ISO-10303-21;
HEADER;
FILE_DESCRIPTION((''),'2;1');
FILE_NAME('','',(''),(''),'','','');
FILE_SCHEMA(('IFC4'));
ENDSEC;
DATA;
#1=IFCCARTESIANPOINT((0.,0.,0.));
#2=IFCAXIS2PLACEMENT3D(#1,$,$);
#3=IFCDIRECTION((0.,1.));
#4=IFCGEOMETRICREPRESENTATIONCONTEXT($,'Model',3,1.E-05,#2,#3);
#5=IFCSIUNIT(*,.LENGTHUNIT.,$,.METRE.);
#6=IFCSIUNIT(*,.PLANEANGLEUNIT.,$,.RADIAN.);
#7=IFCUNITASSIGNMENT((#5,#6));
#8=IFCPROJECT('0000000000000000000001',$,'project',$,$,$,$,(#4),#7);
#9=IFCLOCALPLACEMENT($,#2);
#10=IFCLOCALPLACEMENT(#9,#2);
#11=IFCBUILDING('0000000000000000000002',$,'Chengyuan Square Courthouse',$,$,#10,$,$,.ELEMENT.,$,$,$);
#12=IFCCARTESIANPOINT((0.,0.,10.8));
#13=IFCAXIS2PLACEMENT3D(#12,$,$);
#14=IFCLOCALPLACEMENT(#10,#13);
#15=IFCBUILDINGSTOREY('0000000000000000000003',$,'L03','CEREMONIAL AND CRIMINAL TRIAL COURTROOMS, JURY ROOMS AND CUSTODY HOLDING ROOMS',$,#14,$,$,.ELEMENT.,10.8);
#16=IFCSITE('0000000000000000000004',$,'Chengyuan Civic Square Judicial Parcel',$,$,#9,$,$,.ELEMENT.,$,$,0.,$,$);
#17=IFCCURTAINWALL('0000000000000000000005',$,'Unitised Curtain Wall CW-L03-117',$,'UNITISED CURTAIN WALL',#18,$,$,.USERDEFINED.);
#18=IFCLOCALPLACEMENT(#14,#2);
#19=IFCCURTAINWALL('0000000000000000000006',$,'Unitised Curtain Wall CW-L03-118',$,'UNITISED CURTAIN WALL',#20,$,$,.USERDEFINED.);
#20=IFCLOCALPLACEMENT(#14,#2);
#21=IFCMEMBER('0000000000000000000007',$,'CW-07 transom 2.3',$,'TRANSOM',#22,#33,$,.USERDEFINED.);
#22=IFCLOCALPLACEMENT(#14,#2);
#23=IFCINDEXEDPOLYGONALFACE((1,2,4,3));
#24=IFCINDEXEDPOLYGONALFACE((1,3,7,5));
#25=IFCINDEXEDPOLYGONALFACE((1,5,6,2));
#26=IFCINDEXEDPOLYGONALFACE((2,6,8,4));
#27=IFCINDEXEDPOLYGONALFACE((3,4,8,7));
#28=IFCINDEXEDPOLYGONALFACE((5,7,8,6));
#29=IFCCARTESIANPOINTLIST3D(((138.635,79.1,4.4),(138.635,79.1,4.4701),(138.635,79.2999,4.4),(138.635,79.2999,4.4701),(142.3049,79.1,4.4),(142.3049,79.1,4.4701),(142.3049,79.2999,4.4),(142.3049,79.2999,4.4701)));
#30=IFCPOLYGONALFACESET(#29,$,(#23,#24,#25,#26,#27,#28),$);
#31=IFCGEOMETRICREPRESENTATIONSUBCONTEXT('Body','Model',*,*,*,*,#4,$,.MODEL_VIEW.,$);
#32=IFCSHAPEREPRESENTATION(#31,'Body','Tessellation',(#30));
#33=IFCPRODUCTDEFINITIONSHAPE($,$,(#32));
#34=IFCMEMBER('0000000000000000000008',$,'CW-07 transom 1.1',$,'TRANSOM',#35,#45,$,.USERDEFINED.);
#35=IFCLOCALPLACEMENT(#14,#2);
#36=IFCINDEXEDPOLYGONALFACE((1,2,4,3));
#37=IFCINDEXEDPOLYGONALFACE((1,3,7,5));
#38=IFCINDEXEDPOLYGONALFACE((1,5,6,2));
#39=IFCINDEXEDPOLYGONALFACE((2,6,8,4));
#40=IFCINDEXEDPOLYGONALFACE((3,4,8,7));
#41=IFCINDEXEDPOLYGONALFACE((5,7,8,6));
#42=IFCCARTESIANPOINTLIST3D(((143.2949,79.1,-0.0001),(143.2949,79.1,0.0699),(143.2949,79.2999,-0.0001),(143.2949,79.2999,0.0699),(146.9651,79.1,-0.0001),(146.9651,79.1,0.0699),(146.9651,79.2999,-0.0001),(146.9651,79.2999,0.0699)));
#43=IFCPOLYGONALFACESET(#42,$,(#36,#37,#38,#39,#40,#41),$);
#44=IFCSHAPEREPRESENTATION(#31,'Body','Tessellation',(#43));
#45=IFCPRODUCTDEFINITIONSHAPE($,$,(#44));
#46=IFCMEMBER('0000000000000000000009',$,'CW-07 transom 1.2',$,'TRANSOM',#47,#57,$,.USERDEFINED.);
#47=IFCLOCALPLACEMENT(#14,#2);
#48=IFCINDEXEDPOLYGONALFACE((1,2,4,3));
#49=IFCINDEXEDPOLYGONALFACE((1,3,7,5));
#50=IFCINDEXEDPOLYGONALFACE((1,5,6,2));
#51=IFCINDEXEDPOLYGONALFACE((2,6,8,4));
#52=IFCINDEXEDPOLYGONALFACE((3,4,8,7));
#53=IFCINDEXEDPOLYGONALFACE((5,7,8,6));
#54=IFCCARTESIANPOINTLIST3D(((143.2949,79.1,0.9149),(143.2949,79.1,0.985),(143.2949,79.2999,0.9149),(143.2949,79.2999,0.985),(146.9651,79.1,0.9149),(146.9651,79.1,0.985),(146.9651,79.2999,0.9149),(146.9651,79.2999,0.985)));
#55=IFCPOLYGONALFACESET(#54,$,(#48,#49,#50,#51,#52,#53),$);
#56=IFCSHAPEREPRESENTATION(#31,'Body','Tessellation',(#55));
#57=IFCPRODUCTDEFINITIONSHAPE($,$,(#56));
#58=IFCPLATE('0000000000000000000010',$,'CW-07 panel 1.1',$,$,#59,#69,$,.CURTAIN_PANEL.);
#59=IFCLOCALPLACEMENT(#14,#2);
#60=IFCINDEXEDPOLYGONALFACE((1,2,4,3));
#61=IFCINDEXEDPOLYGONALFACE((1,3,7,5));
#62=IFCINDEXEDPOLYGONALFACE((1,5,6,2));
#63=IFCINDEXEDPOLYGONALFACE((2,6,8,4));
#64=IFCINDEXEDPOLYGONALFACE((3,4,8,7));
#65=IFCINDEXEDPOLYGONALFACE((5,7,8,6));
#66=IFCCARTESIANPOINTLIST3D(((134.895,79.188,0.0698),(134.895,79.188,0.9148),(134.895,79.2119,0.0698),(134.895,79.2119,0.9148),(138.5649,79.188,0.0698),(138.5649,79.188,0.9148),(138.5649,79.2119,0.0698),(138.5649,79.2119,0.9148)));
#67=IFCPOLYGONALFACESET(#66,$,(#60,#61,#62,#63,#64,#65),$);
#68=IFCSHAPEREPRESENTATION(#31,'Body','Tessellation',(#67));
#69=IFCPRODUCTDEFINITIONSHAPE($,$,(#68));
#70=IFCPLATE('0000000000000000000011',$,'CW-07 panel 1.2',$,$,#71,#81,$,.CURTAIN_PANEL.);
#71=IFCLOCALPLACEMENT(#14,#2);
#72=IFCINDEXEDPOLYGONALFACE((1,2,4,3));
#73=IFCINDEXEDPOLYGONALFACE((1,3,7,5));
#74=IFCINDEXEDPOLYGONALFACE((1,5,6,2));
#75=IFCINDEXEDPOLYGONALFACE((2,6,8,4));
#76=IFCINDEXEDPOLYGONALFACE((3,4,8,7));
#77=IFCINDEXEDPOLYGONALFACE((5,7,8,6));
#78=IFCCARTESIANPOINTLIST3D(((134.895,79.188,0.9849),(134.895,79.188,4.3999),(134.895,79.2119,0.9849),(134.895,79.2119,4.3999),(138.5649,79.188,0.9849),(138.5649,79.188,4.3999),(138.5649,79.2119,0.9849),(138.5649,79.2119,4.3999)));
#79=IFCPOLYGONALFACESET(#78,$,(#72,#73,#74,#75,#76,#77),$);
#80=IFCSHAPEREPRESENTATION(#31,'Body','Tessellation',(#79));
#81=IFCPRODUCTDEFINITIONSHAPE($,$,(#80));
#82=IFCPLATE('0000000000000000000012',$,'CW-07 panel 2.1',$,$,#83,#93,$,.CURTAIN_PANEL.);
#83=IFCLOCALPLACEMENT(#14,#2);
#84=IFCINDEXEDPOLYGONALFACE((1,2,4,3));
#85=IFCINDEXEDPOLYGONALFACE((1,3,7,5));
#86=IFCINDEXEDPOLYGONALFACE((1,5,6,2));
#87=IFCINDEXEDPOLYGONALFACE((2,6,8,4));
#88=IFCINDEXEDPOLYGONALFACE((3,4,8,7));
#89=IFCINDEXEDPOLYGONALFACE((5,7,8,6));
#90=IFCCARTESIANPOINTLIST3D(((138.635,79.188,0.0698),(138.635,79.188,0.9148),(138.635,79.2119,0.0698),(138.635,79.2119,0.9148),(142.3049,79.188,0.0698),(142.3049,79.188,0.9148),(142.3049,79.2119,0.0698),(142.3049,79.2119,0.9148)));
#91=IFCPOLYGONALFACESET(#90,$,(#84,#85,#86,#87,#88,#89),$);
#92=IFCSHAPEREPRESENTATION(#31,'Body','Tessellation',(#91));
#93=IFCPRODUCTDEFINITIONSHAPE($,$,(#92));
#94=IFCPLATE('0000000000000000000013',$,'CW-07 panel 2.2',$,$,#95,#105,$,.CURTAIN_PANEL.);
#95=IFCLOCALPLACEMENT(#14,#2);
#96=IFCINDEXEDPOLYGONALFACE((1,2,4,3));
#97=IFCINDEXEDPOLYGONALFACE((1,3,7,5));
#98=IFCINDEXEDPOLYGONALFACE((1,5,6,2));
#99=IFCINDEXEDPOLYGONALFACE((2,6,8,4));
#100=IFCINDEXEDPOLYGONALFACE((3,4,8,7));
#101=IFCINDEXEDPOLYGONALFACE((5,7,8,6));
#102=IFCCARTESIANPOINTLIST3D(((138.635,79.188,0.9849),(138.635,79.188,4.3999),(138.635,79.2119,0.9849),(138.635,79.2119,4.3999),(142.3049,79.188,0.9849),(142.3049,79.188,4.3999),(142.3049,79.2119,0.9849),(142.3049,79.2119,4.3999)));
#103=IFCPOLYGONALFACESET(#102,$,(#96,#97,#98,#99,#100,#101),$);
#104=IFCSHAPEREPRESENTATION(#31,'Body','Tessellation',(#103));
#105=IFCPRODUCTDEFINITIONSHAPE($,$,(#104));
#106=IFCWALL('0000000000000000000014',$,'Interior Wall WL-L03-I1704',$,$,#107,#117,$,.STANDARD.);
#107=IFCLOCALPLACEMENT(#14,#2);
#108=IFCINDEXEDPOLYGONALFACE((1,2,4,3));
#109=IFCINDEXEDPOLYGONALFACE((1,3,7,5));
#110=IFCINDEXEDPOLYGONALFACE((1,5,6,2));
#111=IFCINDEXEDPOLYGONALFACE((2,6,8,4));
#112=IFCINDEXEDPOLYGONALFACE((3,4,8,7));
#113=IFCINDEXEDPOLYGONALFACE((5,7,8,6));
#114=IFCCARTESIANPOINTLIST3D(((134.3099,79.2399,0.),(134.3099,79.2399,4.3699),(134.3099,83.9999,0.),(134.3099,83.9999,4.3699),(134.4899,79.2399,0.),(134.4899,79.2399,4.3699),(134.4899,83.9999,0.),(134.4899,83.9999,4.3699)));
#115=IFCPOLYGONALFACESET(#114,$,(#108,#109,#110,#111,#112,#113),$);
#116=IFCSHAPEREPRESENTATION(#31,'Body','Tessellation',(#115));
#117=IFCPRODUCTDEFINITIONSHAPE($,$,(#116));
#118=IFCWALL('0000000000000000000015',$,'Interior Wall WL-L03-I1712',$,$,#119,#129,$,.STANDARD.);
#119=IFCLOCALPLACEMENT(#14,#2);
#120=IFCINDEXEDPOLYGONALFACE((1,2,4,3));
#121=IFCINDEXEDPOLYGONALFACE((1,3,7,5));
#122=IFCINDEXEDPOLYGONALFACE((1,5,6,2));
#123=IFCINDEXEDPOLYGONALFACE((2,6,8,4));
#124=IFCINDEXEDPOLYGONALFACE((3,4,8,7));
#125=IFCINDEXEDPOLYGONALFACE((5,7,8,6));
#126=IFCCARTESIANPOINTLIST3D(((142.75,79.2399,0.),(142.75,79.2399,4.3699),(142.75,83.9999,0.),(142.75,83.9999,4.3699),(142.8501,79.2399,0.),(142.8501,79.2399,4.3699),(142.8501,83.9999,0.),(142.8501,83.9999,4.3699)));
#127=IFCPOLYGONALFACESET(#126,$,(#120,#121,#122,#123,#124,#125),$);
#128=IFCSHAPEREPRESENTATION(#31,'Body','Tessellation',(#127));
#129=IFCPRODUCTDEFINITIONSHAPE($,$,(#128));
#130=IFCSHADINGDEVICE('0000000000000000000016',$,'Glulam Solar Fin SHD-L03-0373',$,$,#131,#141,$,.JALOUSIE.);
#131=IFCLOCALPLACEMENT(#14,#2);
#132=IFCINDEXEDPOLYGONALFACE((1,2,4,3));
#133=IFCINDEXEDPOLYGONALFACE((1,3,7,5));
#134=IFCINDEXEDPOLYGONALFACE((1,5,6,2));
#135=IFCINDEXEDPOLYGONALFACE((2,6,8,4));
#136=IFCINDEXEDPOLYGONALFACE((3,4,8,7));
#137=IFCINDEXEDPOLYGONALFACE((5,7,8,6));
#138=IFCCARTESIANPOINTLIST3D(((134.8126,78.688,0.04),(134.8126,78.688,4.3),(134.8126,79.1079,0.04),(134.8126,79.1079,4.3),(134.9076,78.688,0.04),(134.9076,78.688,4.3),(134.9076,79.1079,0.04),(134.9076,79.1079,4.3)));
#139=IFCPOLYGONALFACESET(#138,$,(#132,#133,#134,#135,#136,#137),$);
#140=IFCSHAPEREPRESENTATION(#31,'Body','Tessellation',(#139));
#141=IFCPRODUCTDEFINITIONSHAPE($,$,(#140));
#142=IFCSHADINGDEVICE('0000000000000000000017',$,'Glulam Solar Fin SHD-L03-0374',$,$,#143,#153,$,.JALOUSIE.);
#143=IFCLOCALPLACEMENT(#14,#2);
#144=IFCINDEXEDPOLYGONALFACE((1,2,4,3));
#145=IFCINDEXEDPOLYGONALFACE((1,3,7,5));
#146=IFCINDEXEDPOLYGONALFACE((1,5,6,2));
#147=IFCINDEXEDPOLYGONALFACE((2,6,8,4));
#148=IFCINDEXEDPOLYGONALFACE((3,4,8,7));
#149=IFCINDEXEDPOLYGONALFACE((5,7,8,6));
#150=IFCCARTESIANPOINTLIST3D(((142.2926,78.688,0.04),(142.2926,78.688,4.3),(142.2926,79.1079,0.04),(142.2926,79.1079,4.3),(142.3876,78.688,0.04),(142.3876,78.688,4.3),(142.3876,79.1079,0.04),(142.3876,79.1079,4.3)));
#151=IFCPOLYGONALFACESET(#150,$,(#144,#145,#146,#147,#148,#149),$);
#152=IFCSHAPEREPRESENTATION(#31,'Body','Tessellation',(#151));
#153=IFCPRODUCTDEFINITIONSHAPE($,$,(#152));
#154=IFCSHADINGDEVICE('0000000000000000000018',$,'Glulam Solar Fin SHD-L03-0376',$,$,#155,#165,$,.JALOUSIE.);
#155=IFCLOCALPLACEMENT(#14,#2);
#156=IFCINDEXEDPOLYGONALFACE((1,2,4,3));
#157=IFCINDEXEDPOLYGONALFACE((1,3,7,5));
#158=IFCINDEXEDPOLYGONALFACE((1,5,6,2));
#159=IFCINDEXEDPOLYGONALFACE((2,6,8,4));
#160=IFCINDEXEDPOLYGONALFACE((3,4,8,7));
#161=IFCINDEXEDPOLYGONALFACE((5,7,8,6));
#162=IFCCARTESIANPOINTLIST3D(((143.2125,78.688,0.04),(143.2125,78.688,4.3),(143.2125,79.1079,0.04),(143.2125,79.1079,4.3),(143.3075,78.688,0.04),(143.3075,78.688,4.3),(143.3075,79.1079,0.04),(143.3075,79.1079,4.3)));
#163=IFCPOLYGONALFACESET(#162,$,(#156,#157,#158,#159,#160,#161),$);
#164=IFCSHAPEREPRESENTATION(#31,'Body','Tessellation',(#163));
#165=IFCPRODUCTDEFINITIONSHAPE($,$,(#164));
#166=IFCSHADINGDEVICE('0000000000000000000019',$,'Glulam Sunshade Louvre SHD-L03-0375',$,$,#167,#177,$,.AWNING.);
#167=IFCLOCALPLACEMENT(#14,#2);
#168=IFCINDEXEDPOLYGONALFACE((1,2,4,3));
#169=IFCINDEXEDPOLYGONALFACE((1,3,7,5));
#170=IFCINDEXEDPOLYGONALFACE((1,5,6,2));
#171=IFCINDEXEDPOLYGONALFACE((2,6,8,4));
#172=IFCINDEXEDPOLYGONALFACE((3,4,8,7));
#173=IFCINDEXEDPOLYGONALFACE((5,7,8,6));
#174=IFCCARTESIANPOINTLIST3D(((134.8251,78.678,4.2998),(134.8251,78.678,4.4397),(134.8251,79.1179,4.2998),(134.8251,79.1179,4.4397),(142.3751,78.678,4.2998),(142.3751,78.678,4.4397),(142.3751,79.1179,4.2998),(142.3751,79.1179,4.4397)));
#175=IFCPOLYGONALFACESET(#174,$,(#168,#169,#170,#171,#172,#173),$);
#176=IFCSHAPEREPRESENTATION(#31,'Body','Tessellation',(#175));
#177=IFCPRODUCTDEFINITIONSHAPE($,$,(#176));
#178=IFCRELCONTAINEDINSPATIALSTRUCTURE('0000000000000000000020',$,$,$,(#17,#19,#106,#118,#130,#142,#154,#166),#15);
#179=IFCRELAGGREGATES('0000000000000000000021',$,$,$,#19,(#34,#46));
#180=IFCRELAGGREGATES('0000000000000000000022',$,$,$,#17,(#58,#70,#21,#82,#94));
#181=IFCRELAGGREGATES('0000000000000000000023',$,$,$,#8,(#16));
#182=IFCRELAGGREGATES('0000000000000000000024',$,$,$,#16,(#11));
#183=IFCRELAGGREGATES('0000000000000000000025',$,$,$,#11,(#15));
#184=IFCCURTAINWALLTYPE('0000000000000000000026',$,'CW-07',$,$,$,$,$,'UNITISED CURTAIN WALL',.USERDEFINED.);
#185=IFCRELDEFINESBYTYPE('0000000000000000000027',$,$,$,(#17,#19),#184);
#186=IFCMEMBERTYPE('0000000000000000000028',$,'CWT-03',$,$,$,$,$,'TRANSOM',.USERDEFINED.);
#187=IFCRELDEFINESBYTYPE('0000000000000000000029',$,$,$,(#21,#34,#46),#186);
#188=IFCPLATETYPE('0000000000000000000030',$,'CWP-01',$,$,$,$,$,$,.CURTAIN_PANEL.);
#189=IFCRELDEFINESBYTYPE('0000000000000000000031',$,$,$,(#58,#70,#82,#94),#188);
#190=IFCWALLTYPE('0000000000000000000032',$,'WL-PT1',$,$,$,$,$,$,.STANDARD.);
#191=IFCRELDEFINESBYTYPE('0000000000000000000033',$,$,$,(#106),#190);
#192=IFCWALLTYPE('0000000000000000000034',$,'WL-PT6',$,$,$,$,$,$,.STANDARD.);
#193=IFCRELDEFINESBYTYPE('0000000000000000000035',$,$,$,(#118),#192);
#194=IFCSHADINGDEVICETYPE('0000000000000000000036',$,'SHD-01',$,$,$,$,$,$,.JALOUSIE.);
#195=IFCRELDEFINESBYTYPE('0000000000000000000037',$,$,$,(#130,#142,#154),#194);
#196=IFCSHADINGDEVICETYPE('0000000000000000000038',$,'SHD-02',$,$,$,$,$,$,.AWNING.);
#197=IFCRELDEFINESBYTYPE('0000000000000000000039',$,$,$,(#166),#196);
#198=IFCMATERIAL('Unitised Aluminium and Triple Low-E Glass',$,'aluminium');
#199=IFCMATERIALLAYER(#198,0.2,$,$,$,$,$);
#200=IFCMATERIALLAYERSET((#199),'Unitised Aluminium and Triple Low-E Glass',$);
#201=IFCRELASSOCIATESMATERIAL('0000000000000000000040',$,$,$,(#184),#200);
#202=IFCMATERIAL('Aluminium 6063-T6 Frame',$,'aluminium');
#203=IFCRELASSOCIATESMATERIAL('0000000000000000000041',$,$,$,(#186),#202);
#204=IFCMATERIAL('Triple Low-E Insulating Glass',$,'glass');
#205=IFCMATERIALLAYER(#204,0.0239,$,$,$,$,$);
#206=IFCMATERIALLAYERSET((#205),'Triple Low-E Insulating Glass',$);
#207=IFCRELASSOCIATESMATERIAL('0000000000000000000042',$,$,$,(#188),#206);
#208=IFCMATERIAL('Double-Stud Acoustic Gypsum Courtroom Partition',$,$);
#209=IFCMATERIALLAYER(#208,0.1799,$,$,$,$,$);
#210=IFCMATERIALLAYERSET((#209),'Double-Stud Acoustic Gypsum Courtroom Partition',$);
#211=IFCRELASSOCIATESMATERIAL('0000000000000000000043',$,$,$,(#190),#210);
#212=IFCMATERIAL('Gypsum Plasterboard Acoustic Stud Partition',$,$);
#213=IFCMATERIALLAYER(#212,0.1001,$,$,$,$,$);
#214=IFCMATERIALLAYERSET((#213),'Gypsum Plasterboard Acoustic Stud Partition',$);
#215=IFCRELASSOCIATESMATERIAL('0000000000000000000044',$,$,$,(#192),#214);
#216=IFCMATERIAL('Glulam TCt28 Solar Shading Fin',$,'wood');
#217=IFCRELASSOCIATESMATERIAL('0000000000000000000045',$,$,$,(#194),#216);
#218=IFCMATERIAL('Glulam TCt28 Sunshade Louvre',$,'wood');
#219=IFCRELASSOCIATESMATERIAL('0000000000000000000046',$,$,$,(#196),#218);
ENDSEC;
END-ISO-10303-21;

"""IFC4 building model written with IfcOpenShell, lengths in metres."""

from ifc_helpers import new_model, si_unit, direction, frame, frame_2d, origin, origin_2d, place, context, subcontext, project, spatial, rectangle, extrude, material, layer, layer_set, material_profile, profile_set, type_object, element, aggregate, save


model = new_model("IFC4")

# Units and contexts
model_context = context("Model", 3, precision=1e-05, world=origin(), true_north=direction((0.0, 1.0)))
body_context = subcontext(model_context, "Body", "Model", "MODEL_VIEW")
ifc_project = project(units=[si_unit("LENGTHUNIT", "METRE"), si_unit("PLANEANGLEUNIT", "RADIAN")], contexts=[model_context])

# Site, building, storey
site_placement = place(None, origin())
site = spatial("IfcSite", under=ifc_project, at=site_placement, Name="Chengyuan Civic Square Judicial Parcel", CompositionType="ELEMENT", RefElevation=0.0)
building_placement = place(site_placement, origin())
building = spatial("IfcBuilding", under=site, at=building_placement, Name="Chengyuan Square Courthouse", CompositionType="ELEMENT")
storey_placement = place(building_placement, frame((0.0, 0.0, 10.8)))
storey = spatial("IfcBuildingStorey", under=building, at=storey_placement, Name="L03", Description="CEREMONIAL AND CRIMINAL TRIAL COURTROOMS, JURY ROOMS AND CUSTODY HOLDING ROOMS", CompositionType="ELEMENT", Elevation=10.8)

# Curtain wall
ifc_material_1 = material(Name="Unitised Aluminium and Triple Low-E Glass", Category="aluminium")
ifc_layer_1 = layer(ifc_material_1, 0.2)
ifc_layer_set_1 = layer_set([ifc_layer_1], Name="Unitised Aluminium and Triple Low-E Glass")
curtain_wall_type = type_object("IfcCurtainWallType", Name="CW-07", ElementType="UNITISED CURTAIN WALL", PredefinedType="USERDEFINED", material=ifc_layer_set_1)
curtain_wall_1_placement = place(storey_placement, origin())
curtain_wall_1 = element("IfcCurtainWall", 1, at=curtain_wall_1_placement, inside=storey, type_object=curtain_wall_type, Name="Unitised Curtain Wall CW-L03-117", ObjectType="UNITISED CURTAIN WALL", PredefinedType="USERDEFINED")
ifc_material_2 = material(Name="Aluminium 6063-T6 Frame", Category="aluminium")

# Curtain wall
curtain_wall_2_placement = place(storey_placement, origin())
curtain_wall_2 = element("IfcCurtainWall", 2, at=curtain_wall_2_placement, inside=storey, type_object=curtain_wall_type, Name="Unitised Curtain Wall CW-L03-118", ObjectType="UNITISED CURTAIN WALL", PredefinedType="USERDEFINED")

# Members
ifc_material_profile_1 = material_profile(ifc_material_2, rectangle(XDim=0.2, YDim=0.0701, at=origin_2d()), Name="CW-TRN-70x160")
ifc_profile_set_1 = profile_set([ifc_material_profile_1], Name="Aluminium 6063-T6 Frame")
member_type_1 = type_object("IfcMemberType", Name="CWT-03", ElementType="TRANSOM", PredefinedType="USERDEFINED", material=ifc_profile_set_1)
member_1_placement = place(storey_placement, frame((138.635, 79.2, 4.4351), z_axis=(1.0, 0.0, 0.0), x_axis=(0.0, 1.0, 0.0)))
member_1 = element("IfcMember", 3, at=member_1_placement, type_object=member_type_1, Name="CW-07 transom 2.3", ObjectType="TRANSOM", PredefinedType="USERDEFINED", context=body_context, shape_type="SweptSolid", body=[
    extrude(rectangle(XDim=0.2, YDim=0.0701, at=origin_2d()), origin(), (0.0, 0.0, 1.0), 3.6699),
])
member_2_placement = place(storey_placement, frame((143.2949, 79.2, 0.0349), z_axis=(1.0, 0.0, 0.0), x_axis=(0.0, 1.0, 0.0)))
member_2 = element("IfcMember", 4, at=member_2_placement, type_object=member_type_1, Name="CW-07 transom 1.1", ObjectType="TRANSOM", PredefinedType="USERDEFINED", context=body_context, shape_type="SweptSolid", body=[
    extrude(rectangle(XDim=0.2, YDim=0.0701, at=origin_2d()), origin(), (0.0, 0.0, 1.0), 3.6702),
])
member_3_placement = place(storey_placement, frame((143.2949, 79.2, 0.95), z_axis=(1.0, 0.0, 0.0), x_axis=(0.0, 1.0, 0.0)))
member_3 = element("IfcMember", 5, at=member_3_placement, type_object=member_type_1, Name="CW-07 transom 1.2", ObjectType="TRANSOM", PredefinedType="USERDEFINED", context=body_context, shape_type="SweptSolid", body=[
    extrude(rectangle(XDim=0.2, YDim=0.0701, at=origin_2d()), origin(), (0.0, 0.0, 1.0), 3.6702),
])
aggregate(curtain_wall_2, [member_2, member_3])

# Plates
ifc_material_3 = material(Name="Triple Low-E Insulating Glass", Category="glass")
ifc_layer_2 = layer(ifc_material_3, 0.0239)
ifc_layer_set_2 = layer_set([ifc_layer_2], Name="Triple Low-E Insulating Glass")
plate_type = type_object("IfcPlateType", Name="CWP-01", PredefinedType="CURTAIN_PANEL", material=ifc_layer_set_2)
plate_1_placement = place(storey_placement, frame((136.73, 79.2, 0.0698), z_axis=(0.0, 0.0, 1.0), x_axis=(1.0, 0.0, 0.0)))
plate_1 = element("IfcPlate", 6, at=plate_1_placement, type_object=plate_type, Name="CW-07 panel 1.1", PredefinedType="CURTAIN_PANEL", context=body_context, shape_type="SweptSolid", body=[
    extrude(rectangle(XDim=3.6699, YDim=0.0239, at=origin_2d()), origin(), (0.0, 0.0, 1.0), 0.845),
])
plate_2_placement = place(storey_placement, frame((136.73, 79.2, 0.9849), z_axis=(0.0, 0.0, 1.0), x_axis=(1.0, 0.0, 0.0)))
plate_2 = element("IfcPlate", 7, at=plate_2_placement, type_object=plate_type, Name="CW-07 panel 1.2", PredefinedType="CURTAIN_PANEL", context=body_context, shape_type="SweptSolid", body=[
    extrude(rectangle(XDim=3.6699, YDim=0.0239, at=origin_2d()), origin(), (0.0, 0.0, 1.0), 3.415),
])
plate_3_placement = place(storey_placement, frame((140.47, 79.2, 0.0698), z_axis=(0.0, 0.0, 1.0), x_axis=(1.0, 0.0, 0.0)))
plate_3 = element("IfcPlate", 8, at=plate_3_placement, type_object=plate_type, Name="CW-07 panel 2.1", PredefinedType="CURTAIN_PANEL", context=body_context, shape_type="SweptSolid", body=[
    extrude(rectangle(XDim=3.6699, YDim=0.0239, at=origin_2d()), origin(), (0.0, 0.0, 1.0), 0.845),
])
plate_4_placement = place(storey_placement, frame((140.47, 79.2, 0.9849), z_axis=(0.0, 0.0, 1.0), x_axis=(1.0, 0.0, 0.0)))
plate_4 = element("IfcPlate", 9, at=plate_4_placement, type_object=plate_type, Name="CW-07 panel 2.2", PredefinedType="CURTAIN_PANEL", context=body_context, shape_type="SweptSolid", body=[
    extrude(rectangle(XDim=3.6699, YDim=0.0239, at=origin_2d()), origin(), (0.0, 0.0, 1.0), 3.415),
])
aggregate(curtain_wall_1, [plate_1, plate_2, member_1, plate_3, plate_4])

# Walls
ifc_material_4 = material(Name="Double-Stud Acoustic Gypsum Courtroom Partition")
ifc_layer_3 = layer(ifc_material_4, 0.1799)
ifc_layer_set_3 = layer_set([ifc_layer_3], Name="Double-Stud Acoustic Gypsum Courtroom Partition")
wall_type_1 = type_object("IfcWallType", Name="WL-PT1", PredefinedType="STANDARD", material=ifc_layer_set_3)
wall_1_placement = place(storey_placement, frame((134.3999, 79.24, 0.0), z_axis=(0.0, 0.0, 1.0), x_axis=(0.0, 1.0, 0.0)))
element("IfcWall", 10, at=wall_1_placement, inside=storey, type_object=wall_type_1, Name="Interior Wall WL-L03-I1704", PredefinedType="STANDARD", context=body_context, shape_type="SweptSolid", body=[
    extrude(rectangle(XDim=4.76, YDim=0.1799, at=frame_2d((2.3799, 0.0))), origin(), (0.0, 0.0, 1.0), 4.3699),
])
ifc_material_5 = material(Name="Gypsum Plasterboard Acoustic Stud Partition")
ifc_layer_4 = layer(ifc_material_5, 0.1001)
ifc_layer_set_4 = layer_set([ifc_layer_4], Name="Gypsum Plasterboard Acoustic Stud Partition")
wall_type_2 = type_object("IfcWallType", Name="WL-PT6", PredefinedType="STANDARD", material=ifc_layer_set_4)
wall_2_placement = place(storey_placement, frame((142.8, 79.24, 0.0), z_axis=(0.0, 0.0, 1.0), x_axis=(0.0, 1.0, 0.0)))
element("IfcWall", 11, at=wall_2_placement, inside=storey, type_object=wall_type_2, Name="Interior Wall WL-L03-I1712", PredefinedType="STANDARD", context=body_context, shape_type="SweptSolid", body=[
    extrude(rectangle(XDim=4.76, YDim=0.1001, at=frame_2d((2.3799, 0.0))), origin(), (0.0, 0.0, 1.0), 4.3699),
])

# Shading devices
ifc_material_6 = material(Name="Glulam TCt28 Solar Shading Fin", Category="wood")
shading_device_type_1 = type_object("IfcShadingDeviceType", Name="SHD-01", PredefinedType="JALOUSIE", material=ifc_material_6)
for number, where, z_axis, x_axis, name in (
    (12, (134.8601, 78.8979, 0.04), (0.0, 0.0, 1.0), (0.0, 1.0, 0.0), "Glulam Solar Fin SHD-L03-0373"),
    (13, (142.3401, 78.8979, 0.04), (0.0, 0.0, 1.0), (0.0, 1.0, 0.0), "Glulam Solar Fin SHD-L03-0374"),
    (14, (143.26, 78.8979, 0.04), (0.0, 0.0, 1.0), (0.0, 1.0, 0.0), "Glulam Solar Fin SHD-L03-0376"),
):
    element("IfcShadingDevice", number, at=place(storey_placement, frame(where, z_axis=z_axis, x_axis=x_axis)), inside=storey, type_object=shading_device_type_1, Name=name, PredefinedType="JALOUSIE", context=body_context, shape_type="SweptSolid", body=[
        extrude(rectangle(XDim=0.4199, YDim=0.095, at=origin_2d()), origin(), (0.0, 0.0, 1.0), 4.26),
    ])
ifc_material_7 = material(Name="Glulam TCt28 Sunshade Louvre", Category="wood")
shading_device_type_2 = type_object("IfcShadingDeviceType", Name="SHD-02", PredefinedType="AWNING", material=ifc_material_7)
shading_device_placement = place(storey_placement, frame((138.6001, 78.8979, 4.2998), z_axis=(0.0, 0.0, 1.0), x_axis=(1.0, 0.0, 0.0)))
element("IfcShadingDevice", 15, at=shading_device_placement, inside=storey, type_object=shading_device_type_2, Name="Glulam Sunshade Louvre SHD-L03-0375", PredefinedType="AWNING", context=body_context, shape_type="SweptSolid", body=[
    extrude(rectangle(XDim=7.55, YDim=0.4399, at=origin_2d()), origin(), (0.0, 0.0, 1.0), 0.1399),
])

save(model, "model.ifc")
